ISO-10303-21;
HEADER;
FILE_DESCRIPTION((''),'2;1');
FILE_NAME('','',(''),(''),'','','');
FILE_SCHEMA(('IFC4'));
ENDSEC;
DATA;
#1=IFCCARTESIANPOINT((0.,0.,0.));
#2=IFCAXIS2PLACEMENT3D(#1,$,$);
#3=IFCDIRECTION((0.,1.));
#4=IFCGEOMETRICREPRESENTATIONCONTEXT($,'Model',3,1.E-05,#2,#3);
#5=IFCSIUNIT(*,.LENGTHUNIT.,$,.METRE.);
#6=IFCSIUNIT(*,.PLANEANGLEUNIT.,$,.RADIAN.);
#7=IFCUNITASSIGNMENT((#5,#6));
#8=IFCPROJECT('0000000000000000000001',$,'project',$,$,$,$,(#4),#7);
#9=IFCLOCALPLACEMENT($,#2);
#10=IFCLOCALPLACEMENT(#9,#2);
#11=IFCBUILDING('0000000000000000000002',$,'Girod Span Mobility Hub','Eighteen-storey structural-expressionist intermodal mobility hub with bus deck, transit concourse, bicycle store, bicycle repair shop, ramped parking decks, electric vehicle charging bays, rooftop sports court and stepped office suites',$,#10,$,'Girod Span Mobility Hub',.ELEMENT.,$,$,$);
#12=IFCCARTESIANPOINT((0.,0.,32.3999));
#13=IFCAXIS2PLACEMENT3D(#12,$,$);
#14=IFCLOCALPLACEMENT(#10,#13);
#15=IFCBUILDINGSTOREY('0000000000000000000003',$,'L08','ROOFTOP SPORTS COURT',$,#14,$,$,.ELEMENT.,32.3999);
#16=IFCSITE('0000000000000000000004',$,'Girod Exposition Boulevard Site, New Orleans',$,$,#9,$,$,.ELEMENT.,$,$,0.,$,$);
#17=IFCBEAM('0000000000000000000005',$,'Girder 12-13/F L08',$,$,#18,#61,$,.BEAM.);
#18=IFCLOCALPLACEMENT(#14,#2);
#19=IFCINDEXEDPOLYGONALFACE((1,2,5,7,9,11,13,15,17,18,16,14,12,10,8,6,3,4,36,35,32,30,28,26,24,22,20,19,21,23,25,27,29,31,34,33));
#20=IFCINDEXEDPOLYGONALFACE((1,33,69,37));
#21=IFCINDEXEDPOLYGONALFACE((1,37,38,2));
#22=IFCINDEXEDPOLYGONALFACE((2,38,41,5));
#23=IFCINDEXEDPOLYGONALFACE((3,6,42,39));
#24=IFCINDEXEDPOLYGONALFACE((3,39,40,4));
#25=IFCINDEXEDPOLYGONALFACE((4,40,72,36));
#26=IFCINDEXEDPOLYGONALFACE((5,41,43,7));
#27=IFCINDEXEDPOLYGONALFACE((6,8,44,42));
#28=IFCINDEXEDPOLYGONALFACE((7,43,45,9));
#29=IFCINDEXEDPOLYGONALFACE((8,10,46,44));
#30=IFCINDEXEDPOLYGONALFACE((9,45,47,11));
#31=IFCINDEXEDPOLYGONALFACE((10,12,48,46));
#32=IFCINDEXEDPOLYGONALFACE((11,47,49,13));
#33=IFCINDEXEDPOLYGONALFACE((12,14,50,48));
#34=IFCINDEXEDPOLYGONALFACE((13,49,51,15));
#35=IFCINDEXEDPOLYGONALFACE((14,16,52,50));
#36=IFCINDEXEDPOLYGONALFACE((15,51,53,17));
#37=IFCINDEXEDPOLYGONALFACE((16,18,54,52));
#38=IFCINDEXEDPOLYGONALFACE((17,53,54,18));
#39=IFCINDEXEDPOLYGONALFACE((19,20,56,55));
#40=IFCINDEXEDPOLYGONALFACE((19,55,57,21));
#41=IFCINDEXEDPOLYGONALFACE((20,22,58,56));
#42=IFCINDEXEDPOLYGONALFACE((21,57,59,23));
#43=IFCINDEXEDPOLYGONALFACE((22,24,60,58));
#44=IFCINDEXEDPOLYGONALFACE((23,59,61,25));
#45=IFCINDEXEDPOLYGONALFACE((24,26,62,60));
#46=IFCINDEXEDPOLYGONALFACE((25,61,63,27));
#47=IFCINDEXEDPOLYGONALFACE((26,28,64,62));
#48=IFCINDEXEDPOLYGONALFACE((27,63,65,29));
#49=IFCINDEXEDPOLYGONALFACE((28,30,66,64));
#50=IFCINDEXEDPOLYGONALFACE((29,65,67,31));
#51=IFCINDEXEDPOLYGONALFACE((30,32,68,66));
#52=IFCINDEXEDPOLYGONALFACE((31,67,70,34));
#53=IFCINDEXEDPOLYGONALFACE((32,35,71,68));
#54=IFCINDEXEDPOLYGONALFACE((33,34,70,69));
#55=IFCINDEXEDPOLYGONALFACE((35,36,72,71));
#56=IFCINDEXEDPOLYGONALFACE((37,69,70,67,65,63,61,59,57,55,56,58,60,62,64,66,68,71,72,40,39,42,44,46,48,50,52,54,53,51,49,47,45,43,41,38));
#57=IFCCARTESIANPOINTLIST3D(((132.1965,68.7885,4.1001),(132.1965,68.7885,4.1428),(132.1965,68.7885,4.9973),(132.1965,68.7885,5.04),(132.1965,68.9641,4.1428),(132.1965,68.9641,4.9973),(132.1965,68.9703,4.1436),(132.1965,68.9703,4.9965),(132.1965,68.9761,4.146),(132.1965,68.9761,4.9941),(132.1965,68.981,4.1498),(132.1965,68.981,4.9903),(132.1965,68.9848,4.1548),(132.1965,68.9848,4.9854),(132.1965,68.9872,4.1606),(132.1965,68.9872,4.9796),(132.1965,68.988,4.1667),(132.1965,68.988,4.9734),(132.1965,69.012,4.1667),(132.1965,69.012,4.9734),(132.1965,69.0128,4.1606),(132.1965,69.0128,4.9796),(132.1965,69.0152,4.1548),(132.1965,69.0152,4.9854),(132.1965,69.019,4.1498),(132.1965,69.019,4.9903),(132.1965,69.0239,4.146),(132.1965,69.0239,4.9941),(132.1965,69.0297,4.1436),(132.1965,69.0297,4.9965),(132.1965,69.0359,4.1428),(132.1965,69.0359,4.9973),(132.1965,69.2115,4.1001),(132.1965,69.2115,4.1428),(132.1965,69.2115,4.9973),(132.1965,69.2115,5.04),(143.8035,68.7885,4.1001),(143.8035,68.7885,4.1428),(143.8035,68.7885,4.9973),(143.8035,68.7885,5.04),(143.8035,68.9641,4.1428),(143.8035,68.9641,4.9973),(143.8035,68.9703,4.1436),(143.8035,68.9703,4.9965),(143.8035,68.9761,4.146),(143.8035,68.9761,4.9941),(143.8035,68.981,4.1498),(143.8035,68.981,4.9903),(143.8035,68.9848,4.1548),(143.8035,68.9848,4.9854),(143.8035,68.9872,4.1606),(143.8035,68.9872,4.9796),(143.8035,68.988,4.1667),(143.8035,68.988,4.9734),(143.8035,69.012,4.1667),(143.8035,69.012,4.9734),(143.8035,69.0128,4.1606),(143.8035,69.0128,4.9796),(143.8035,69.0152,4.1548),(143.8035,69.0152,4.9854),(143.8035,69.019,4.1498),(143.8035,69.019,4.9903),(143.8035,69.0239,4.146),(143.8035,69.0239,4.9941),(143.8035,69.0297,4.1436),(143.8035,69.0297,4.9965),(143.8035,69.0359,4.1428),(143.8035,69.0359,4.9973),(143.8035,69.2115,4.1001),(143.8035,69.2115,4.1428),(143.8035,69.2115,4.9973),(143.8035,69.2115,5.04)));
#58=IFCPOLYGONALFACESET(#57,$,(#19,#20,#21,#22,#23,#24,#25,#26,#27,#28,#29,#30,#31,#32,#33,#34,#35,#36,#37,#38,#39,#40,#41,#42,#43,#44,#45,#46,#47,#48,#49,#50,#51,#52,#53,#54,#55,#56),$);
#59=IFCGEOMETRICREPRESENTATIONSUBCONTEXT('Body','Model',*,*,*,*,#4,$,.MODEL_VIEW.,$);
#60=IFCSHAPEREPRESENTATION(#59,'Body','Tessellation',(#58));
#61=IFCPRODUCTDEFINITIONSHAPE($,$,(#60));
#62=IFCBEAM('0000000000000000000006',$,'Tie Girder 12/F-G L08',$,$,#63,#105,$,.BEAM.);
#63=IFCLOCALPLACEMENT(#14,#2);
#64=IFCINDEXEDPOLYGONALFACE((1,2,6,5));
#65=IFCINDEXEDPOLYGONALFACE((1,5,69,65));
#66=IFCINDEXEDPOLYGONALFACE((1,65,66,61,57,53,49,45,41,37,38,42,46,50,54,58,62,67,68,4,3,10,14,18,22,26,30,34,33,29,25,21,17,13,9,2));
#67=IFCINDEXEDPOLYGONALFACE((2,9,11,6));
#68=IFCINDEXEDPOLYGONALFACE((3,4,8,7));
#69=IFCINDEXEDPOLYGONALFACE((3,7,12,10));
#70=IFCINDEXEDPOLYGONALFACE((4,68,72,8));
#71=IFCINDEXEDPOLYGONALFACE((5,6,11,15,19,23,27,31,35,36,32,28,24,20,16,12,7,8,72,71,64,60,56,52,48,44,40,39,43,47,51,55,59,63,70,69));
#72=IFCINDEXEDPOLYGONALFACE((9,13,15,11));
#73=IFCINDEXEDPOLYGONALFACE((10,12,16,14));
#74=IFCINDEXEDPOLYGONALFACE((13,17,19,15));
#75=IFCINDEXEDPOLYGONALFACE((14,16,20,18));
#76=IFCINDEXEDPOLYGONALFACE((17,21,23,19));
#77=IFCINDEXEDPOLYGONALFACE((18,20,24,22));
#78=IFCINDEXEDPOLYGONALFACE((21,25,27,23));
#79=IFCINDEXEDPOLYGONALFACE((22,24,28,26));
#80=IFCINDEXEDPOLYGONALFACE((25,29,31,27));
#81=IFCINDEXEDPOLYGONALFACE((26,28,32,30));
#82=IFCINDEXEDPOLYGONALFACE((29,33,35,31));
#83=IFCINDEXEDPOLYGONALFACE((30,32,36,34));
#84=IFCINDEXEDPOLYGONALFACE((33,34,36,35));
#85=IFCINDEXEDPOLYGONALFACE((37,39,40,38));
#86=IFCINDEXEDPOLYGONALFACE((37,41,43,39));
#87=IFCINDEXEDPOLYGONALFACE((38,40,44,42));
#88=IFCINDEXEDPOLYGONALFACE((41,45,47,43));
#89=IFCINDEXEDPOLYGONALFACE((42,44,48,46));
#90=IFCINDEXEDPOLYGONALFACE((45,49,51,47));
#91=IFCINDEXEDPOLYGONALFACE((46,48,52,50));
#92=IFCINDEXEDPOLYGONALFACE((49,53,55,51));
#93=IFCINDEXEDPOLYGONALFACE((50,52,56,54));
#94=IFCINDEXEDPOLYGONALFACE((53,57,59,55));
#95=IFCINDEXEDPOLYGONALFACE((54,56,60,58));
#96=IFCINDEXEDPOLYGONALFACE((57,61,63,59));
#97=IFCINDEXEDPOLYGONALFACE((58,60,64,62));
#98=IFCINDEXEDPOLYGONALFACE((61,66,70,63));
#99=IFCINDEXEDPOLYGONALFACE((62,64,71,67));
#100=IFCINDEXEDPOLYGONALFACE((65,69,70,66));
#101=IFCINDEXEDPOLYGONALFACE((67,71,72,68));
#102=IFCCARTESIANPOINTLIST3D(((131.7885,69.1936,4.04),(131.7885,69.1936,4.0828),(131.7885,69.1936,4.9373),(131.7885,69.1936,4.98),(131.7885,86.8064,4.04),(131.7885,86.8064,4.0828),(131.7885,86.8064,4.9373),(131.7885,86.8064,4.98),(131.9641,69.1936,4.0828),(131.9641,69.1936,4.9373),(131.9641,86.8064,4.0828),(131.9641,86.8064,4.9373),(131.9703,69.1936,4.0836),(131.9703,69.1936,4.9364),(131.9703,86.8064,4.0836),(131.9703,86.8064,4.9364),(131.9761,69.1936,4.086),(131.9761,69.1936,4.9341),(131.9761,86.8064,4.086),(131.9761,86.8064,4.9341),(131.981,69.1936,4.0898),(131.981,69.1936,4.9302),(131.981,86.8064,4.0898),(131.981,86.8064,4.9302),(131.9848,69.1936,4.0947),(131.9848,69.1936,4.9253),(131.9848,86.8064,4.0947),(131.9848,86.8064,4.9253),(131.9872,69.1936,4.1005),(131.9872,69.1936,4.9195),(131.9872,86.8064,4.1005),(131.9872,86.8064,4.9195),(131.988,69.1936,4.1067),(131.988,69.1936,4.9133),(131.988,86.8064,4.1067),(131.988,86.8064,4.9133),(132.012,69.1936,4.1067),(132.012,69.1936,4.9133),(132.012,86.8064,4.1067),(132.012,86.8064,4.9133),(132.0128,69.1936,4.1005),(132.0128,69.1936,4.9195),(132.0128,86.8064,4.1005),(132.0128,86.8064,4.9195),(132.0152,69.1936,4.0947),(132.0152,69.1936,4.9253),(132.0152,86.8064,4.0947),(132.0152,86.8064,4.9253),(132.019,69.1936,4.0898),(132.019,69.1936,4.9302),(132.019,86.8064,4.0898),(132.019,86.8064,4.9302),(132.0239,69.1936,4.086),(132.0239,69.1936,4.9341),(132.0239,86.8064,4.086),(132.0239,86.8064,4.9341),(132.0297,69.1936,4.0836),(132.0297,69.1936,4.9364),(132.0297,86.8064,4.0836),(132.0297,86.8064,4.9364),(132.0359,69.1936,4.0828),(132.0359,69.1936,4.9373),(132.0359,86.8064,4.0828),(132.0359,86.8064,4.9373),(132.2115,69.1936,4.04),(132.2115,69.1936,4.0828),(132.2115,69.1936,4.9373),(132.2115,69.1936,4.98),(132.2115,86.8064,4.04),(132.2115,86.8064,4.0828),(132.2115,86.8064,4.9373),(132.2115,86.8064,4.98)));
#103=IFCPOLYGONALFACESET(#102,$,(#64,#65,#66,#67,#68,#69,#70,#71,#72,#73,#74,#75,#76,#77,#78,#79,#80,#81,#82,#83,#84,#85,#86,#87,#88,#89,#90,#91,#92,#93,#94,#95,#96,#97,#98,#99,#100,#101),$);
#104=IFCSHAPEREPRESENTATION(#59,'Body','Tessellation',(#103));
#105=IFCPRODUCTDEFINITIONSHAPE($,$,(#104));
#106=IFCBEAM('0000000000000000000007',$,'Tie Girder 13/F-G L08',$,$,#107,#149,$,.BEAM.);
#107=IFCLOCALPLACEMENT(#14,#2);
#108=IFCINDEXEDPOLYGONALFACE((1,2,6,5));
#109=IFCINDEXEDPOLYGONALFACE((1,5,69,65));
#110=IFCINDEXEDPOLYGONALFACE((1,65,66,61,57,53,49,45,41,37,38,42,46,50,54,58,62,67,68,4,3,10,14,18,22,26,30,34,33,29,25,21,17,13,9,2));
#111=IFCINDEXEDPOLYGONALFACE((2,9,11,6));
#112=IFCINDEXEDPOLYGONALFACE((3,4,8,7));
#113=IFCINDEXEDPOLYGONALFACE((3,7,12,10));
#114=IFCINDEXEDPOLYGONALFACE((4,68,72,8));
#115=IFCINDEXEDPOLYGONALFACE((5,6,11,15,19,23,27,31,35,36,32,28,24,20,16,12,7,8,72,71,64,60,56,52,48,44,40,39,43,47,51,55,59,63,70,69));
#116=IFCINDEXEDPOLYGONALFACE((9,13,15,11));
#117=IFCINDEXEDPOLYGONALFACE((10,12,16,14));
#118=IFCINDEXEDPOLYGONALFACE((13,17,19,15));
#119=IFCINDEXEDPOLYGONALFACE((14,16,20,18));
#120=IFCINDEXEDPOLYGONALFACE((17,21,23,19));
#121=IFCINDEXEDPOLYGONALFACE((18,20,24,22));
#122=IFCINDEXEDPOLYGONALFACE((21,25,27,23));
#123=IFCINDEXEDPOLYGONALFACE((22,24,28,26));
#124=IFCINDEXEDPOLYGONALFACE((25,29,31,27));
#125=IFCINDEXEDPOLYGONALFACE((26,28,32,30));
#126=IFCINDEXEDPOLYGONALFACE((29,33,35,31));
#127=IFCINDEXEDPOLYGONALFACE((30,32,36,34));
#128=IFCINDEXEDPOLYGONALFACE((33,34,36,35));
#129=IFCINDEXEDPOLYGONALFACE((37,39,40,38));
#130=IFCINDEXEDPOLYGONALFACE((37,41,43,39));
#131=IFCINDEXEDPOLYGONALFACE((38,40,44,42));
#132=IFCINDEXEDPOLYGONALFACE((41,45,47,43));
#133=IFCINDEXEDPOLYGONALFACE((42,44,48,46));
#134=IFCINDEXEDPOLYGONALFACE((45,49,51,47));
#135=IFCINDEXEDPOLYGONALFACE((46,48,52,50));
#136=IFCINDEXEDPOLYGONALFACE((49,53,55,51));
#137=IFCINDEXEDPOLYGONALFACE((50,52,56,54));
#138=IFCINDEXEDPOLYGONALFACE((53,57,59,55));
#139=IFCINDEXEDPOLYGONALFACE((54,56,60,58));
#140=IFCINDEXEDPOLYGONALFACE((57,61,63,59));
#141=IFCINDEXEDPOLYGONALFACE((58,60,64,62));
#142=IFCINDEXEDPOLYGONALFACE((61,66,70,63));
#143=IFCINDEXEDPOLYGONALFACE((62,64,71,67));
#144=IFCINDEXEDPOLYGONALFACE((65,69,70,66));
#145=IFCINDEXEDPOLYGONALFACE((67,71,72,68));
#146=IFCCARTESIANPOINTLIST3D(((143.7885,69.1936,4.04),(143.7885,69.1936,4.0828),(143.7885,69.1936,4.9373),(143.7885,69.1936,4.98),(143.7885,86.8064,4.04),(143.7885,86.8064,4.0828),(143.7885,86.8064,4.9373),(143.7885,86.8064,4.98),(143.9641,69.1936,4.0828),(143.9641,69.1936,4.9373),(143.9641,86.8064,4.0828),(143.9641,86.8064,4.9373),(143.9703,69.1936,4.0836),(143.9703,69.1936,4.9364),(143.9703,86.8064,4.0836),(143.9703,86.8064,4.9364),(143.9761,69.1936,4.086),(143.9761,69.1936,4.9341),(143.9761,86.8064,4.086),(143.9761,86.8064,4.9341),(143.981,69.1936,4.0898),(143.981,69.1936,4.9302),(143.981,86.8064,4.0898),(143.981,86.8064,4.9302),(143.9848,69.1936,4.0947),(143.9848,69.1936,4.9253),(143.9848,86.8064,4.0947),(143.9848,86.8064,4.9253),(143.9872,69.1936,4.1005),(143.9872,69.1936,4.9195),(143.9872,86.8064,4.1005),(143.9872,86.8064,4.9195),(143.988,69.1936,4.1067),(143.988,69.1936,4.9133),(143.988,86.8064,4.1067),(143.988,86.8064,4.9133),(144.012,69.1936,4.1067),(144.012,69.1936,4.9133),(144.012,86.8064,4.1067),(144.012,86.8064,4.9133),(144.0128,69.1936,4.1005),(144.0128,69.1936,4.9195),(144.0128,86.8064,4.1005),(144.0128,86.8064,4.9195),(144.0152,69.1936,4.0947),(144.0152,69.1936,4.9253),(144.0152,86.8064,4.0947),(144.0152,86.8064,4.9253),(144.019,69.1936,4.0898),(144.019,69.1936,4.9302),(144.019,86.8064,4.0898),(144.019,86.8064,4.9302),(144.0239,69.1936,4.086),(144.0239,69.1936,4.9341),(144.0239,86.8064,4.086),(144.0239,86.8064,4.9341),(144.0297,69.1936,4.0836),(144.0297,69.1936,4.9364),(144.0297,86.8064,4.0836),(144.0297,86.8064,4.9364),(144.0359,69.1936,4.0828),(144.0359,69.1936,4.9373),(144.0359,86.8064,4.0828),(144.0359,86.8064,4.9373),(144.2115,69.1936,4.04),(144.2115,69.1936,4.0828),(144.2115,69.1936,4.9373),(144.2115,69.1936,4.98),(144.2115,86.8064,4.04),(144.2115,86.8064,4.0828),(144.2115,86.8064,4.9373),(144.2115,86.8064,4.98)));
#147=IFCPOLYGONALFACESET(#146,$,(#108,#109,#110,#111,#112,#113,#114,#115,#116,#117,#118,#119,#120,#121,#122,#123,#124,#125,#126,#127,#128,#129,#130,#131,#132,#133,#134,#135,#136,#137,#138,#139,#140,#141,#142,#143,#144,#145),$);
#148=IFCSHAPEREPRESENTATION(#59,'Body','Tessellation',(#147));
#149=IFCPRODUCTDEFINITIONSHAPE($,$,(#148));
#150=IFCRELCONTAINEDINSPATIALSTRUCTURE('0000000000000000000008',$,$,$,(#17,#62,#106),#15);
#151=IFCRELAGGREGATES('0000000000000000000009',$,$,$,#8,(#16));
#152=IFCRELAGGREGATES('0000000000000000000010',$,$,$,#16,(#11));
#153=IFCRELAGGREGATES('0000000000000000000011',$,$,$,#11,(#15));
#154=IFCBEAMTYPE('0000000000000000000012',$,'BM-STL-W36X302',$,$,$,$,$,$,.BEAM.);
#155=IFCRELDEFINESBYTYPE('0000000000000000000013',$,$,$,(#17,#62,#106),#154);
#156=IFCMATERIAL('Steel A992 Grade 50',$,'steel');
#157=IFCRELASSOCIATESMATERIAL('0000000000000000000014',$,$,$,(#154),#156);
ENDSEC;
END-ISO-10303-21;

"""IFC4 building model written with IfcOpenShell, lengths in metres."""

from ifc_helpers import new_model, si_unit, direction, frame, origin, origin_2d, place, context, subcontext, project, spatial, i_section, extrude, material, material_profile, profile_set, type_object, element, save


model = new_model("IFC4")

# Units and contexts
model_context = context("Model", 3, precision=1e-05, world=origin(), true_north=direction((0.0, 1.0)))
body_context = subcontext(model_context, "Body", "Model", "MODEL_VIEW")
ifc_project = project(units=[si_unit("LENGTHUNIT", "METRE"), si_unit("PLANEANGLEUNIT", "RADIAN")], contexts=[model_context])

# Site, building, storey
site_placement = place(None, origin())
site = spatial("IfcSite", under=ifc_project, at=site_placement, Name="Girod Exposition Boulevard Site, New Orleans", CompositionType="ELEMENT", RefElevation=0.0)
building_placement = place(site_placement, origin())
building = spatial("IfcBuilding", under=site, at=building_placement, Name="Girod Span Mobility Hub", Description="Eighteen-storey structural-expressionist intermodal mobility hub with bus deck, transit concourse, bicycle store, bicycle repair shop, ramped parking decks, electric vehicle charging bays, rooftop sports court and stepped office suites", LongName="Girod Span Mobility Hub", CompositionType="ELEMENT")
storey_placement = place(building_placement, frame((0.0, 0.0, 32.3999)))
storey = spatial("IfcBuildingStorey", under=building, at=storey_placement, Name="L08", Description="ROOFTOP SPORTS COURT", CompositionType="ELEMENT", Elevation=32.3999)

# Beams
ifc_material_1 = material(Name="Steel A992 Grade 50", Category="steel")
ifc_material_profile_1 = material_profile(ifc_material_1, i_section(OverallWidth=0.4231, OverallDepth=0.9399, WebThickness=0.0239, FlangeThickness=0.0427, FilletRadius=0.0239, at=origin_2d()), Name="W36X302")
ifc_profile_set_1 = profile_set([ifc_material_profile_1], Name="Steel A992 Grade 50")
beam_type_1 = type_object("IfcBeamType", Name="BM-STL-W36X302", PredefinedType="BEAM", material=ifc_profile_set_1)
beam_1_placement = place(storey_placement, frame((132.1965, 69.0, 4.5701), z_axis=(1.0, 0.0, 0.0), x_axis=(0.0, 1.0, 0.0)))
element("IfcBeam", 1, at=beam_1_placement, inside=storey, type_object=beam_type_1, Name="Girder 12-13/F L08", PredefinedType="BEAM", context=body_context, shape_type="SweptSolid", body=[
    extrude(i_section(OverallWidth=0.4231, OverallDepth=0.9399, WebThickness=0.0239, FlangeThickness=0.0427, FilletRadius=0.0239, at=origin_2d()), origin(), (0.0, 0.0, 1.0), 11.6069),
])
for number, where, z_axis, x_axis, name in (
    (2, (132.0, 69.1936, 4.51), (0.0, 1.0, 0.0), (-1.0, 0.0, 0.0), "Tie Girder 12/F-G L08"),
    (3, (144.0, 69.1936, 4.51), (0.0, 1.0, 0.0), (-1.0, 0.0, 0.0), "Tie Girder 13/F-G L08"),
):
    element("IfcBeam", number, at=place(storey_placement, frame(where, z_axis=z_axis, x_axis=x_axis)), inside=storey, type_object=beam_type_1, Name=name, PredefinedType="BEAM", context=body_context, shape_type="SweptSolid", body=[
        extrude(i_section(OverallWidth=0.4231, OverallDepth=0.9399, WebThickness=0.0239, FlangeThickness=0.0427, FilletRadius=0.0239, at=origin_2d()), origin(), (0.0, 0.0, 1.0), 17.6128),
    ])

save(model, "model.ifc")
